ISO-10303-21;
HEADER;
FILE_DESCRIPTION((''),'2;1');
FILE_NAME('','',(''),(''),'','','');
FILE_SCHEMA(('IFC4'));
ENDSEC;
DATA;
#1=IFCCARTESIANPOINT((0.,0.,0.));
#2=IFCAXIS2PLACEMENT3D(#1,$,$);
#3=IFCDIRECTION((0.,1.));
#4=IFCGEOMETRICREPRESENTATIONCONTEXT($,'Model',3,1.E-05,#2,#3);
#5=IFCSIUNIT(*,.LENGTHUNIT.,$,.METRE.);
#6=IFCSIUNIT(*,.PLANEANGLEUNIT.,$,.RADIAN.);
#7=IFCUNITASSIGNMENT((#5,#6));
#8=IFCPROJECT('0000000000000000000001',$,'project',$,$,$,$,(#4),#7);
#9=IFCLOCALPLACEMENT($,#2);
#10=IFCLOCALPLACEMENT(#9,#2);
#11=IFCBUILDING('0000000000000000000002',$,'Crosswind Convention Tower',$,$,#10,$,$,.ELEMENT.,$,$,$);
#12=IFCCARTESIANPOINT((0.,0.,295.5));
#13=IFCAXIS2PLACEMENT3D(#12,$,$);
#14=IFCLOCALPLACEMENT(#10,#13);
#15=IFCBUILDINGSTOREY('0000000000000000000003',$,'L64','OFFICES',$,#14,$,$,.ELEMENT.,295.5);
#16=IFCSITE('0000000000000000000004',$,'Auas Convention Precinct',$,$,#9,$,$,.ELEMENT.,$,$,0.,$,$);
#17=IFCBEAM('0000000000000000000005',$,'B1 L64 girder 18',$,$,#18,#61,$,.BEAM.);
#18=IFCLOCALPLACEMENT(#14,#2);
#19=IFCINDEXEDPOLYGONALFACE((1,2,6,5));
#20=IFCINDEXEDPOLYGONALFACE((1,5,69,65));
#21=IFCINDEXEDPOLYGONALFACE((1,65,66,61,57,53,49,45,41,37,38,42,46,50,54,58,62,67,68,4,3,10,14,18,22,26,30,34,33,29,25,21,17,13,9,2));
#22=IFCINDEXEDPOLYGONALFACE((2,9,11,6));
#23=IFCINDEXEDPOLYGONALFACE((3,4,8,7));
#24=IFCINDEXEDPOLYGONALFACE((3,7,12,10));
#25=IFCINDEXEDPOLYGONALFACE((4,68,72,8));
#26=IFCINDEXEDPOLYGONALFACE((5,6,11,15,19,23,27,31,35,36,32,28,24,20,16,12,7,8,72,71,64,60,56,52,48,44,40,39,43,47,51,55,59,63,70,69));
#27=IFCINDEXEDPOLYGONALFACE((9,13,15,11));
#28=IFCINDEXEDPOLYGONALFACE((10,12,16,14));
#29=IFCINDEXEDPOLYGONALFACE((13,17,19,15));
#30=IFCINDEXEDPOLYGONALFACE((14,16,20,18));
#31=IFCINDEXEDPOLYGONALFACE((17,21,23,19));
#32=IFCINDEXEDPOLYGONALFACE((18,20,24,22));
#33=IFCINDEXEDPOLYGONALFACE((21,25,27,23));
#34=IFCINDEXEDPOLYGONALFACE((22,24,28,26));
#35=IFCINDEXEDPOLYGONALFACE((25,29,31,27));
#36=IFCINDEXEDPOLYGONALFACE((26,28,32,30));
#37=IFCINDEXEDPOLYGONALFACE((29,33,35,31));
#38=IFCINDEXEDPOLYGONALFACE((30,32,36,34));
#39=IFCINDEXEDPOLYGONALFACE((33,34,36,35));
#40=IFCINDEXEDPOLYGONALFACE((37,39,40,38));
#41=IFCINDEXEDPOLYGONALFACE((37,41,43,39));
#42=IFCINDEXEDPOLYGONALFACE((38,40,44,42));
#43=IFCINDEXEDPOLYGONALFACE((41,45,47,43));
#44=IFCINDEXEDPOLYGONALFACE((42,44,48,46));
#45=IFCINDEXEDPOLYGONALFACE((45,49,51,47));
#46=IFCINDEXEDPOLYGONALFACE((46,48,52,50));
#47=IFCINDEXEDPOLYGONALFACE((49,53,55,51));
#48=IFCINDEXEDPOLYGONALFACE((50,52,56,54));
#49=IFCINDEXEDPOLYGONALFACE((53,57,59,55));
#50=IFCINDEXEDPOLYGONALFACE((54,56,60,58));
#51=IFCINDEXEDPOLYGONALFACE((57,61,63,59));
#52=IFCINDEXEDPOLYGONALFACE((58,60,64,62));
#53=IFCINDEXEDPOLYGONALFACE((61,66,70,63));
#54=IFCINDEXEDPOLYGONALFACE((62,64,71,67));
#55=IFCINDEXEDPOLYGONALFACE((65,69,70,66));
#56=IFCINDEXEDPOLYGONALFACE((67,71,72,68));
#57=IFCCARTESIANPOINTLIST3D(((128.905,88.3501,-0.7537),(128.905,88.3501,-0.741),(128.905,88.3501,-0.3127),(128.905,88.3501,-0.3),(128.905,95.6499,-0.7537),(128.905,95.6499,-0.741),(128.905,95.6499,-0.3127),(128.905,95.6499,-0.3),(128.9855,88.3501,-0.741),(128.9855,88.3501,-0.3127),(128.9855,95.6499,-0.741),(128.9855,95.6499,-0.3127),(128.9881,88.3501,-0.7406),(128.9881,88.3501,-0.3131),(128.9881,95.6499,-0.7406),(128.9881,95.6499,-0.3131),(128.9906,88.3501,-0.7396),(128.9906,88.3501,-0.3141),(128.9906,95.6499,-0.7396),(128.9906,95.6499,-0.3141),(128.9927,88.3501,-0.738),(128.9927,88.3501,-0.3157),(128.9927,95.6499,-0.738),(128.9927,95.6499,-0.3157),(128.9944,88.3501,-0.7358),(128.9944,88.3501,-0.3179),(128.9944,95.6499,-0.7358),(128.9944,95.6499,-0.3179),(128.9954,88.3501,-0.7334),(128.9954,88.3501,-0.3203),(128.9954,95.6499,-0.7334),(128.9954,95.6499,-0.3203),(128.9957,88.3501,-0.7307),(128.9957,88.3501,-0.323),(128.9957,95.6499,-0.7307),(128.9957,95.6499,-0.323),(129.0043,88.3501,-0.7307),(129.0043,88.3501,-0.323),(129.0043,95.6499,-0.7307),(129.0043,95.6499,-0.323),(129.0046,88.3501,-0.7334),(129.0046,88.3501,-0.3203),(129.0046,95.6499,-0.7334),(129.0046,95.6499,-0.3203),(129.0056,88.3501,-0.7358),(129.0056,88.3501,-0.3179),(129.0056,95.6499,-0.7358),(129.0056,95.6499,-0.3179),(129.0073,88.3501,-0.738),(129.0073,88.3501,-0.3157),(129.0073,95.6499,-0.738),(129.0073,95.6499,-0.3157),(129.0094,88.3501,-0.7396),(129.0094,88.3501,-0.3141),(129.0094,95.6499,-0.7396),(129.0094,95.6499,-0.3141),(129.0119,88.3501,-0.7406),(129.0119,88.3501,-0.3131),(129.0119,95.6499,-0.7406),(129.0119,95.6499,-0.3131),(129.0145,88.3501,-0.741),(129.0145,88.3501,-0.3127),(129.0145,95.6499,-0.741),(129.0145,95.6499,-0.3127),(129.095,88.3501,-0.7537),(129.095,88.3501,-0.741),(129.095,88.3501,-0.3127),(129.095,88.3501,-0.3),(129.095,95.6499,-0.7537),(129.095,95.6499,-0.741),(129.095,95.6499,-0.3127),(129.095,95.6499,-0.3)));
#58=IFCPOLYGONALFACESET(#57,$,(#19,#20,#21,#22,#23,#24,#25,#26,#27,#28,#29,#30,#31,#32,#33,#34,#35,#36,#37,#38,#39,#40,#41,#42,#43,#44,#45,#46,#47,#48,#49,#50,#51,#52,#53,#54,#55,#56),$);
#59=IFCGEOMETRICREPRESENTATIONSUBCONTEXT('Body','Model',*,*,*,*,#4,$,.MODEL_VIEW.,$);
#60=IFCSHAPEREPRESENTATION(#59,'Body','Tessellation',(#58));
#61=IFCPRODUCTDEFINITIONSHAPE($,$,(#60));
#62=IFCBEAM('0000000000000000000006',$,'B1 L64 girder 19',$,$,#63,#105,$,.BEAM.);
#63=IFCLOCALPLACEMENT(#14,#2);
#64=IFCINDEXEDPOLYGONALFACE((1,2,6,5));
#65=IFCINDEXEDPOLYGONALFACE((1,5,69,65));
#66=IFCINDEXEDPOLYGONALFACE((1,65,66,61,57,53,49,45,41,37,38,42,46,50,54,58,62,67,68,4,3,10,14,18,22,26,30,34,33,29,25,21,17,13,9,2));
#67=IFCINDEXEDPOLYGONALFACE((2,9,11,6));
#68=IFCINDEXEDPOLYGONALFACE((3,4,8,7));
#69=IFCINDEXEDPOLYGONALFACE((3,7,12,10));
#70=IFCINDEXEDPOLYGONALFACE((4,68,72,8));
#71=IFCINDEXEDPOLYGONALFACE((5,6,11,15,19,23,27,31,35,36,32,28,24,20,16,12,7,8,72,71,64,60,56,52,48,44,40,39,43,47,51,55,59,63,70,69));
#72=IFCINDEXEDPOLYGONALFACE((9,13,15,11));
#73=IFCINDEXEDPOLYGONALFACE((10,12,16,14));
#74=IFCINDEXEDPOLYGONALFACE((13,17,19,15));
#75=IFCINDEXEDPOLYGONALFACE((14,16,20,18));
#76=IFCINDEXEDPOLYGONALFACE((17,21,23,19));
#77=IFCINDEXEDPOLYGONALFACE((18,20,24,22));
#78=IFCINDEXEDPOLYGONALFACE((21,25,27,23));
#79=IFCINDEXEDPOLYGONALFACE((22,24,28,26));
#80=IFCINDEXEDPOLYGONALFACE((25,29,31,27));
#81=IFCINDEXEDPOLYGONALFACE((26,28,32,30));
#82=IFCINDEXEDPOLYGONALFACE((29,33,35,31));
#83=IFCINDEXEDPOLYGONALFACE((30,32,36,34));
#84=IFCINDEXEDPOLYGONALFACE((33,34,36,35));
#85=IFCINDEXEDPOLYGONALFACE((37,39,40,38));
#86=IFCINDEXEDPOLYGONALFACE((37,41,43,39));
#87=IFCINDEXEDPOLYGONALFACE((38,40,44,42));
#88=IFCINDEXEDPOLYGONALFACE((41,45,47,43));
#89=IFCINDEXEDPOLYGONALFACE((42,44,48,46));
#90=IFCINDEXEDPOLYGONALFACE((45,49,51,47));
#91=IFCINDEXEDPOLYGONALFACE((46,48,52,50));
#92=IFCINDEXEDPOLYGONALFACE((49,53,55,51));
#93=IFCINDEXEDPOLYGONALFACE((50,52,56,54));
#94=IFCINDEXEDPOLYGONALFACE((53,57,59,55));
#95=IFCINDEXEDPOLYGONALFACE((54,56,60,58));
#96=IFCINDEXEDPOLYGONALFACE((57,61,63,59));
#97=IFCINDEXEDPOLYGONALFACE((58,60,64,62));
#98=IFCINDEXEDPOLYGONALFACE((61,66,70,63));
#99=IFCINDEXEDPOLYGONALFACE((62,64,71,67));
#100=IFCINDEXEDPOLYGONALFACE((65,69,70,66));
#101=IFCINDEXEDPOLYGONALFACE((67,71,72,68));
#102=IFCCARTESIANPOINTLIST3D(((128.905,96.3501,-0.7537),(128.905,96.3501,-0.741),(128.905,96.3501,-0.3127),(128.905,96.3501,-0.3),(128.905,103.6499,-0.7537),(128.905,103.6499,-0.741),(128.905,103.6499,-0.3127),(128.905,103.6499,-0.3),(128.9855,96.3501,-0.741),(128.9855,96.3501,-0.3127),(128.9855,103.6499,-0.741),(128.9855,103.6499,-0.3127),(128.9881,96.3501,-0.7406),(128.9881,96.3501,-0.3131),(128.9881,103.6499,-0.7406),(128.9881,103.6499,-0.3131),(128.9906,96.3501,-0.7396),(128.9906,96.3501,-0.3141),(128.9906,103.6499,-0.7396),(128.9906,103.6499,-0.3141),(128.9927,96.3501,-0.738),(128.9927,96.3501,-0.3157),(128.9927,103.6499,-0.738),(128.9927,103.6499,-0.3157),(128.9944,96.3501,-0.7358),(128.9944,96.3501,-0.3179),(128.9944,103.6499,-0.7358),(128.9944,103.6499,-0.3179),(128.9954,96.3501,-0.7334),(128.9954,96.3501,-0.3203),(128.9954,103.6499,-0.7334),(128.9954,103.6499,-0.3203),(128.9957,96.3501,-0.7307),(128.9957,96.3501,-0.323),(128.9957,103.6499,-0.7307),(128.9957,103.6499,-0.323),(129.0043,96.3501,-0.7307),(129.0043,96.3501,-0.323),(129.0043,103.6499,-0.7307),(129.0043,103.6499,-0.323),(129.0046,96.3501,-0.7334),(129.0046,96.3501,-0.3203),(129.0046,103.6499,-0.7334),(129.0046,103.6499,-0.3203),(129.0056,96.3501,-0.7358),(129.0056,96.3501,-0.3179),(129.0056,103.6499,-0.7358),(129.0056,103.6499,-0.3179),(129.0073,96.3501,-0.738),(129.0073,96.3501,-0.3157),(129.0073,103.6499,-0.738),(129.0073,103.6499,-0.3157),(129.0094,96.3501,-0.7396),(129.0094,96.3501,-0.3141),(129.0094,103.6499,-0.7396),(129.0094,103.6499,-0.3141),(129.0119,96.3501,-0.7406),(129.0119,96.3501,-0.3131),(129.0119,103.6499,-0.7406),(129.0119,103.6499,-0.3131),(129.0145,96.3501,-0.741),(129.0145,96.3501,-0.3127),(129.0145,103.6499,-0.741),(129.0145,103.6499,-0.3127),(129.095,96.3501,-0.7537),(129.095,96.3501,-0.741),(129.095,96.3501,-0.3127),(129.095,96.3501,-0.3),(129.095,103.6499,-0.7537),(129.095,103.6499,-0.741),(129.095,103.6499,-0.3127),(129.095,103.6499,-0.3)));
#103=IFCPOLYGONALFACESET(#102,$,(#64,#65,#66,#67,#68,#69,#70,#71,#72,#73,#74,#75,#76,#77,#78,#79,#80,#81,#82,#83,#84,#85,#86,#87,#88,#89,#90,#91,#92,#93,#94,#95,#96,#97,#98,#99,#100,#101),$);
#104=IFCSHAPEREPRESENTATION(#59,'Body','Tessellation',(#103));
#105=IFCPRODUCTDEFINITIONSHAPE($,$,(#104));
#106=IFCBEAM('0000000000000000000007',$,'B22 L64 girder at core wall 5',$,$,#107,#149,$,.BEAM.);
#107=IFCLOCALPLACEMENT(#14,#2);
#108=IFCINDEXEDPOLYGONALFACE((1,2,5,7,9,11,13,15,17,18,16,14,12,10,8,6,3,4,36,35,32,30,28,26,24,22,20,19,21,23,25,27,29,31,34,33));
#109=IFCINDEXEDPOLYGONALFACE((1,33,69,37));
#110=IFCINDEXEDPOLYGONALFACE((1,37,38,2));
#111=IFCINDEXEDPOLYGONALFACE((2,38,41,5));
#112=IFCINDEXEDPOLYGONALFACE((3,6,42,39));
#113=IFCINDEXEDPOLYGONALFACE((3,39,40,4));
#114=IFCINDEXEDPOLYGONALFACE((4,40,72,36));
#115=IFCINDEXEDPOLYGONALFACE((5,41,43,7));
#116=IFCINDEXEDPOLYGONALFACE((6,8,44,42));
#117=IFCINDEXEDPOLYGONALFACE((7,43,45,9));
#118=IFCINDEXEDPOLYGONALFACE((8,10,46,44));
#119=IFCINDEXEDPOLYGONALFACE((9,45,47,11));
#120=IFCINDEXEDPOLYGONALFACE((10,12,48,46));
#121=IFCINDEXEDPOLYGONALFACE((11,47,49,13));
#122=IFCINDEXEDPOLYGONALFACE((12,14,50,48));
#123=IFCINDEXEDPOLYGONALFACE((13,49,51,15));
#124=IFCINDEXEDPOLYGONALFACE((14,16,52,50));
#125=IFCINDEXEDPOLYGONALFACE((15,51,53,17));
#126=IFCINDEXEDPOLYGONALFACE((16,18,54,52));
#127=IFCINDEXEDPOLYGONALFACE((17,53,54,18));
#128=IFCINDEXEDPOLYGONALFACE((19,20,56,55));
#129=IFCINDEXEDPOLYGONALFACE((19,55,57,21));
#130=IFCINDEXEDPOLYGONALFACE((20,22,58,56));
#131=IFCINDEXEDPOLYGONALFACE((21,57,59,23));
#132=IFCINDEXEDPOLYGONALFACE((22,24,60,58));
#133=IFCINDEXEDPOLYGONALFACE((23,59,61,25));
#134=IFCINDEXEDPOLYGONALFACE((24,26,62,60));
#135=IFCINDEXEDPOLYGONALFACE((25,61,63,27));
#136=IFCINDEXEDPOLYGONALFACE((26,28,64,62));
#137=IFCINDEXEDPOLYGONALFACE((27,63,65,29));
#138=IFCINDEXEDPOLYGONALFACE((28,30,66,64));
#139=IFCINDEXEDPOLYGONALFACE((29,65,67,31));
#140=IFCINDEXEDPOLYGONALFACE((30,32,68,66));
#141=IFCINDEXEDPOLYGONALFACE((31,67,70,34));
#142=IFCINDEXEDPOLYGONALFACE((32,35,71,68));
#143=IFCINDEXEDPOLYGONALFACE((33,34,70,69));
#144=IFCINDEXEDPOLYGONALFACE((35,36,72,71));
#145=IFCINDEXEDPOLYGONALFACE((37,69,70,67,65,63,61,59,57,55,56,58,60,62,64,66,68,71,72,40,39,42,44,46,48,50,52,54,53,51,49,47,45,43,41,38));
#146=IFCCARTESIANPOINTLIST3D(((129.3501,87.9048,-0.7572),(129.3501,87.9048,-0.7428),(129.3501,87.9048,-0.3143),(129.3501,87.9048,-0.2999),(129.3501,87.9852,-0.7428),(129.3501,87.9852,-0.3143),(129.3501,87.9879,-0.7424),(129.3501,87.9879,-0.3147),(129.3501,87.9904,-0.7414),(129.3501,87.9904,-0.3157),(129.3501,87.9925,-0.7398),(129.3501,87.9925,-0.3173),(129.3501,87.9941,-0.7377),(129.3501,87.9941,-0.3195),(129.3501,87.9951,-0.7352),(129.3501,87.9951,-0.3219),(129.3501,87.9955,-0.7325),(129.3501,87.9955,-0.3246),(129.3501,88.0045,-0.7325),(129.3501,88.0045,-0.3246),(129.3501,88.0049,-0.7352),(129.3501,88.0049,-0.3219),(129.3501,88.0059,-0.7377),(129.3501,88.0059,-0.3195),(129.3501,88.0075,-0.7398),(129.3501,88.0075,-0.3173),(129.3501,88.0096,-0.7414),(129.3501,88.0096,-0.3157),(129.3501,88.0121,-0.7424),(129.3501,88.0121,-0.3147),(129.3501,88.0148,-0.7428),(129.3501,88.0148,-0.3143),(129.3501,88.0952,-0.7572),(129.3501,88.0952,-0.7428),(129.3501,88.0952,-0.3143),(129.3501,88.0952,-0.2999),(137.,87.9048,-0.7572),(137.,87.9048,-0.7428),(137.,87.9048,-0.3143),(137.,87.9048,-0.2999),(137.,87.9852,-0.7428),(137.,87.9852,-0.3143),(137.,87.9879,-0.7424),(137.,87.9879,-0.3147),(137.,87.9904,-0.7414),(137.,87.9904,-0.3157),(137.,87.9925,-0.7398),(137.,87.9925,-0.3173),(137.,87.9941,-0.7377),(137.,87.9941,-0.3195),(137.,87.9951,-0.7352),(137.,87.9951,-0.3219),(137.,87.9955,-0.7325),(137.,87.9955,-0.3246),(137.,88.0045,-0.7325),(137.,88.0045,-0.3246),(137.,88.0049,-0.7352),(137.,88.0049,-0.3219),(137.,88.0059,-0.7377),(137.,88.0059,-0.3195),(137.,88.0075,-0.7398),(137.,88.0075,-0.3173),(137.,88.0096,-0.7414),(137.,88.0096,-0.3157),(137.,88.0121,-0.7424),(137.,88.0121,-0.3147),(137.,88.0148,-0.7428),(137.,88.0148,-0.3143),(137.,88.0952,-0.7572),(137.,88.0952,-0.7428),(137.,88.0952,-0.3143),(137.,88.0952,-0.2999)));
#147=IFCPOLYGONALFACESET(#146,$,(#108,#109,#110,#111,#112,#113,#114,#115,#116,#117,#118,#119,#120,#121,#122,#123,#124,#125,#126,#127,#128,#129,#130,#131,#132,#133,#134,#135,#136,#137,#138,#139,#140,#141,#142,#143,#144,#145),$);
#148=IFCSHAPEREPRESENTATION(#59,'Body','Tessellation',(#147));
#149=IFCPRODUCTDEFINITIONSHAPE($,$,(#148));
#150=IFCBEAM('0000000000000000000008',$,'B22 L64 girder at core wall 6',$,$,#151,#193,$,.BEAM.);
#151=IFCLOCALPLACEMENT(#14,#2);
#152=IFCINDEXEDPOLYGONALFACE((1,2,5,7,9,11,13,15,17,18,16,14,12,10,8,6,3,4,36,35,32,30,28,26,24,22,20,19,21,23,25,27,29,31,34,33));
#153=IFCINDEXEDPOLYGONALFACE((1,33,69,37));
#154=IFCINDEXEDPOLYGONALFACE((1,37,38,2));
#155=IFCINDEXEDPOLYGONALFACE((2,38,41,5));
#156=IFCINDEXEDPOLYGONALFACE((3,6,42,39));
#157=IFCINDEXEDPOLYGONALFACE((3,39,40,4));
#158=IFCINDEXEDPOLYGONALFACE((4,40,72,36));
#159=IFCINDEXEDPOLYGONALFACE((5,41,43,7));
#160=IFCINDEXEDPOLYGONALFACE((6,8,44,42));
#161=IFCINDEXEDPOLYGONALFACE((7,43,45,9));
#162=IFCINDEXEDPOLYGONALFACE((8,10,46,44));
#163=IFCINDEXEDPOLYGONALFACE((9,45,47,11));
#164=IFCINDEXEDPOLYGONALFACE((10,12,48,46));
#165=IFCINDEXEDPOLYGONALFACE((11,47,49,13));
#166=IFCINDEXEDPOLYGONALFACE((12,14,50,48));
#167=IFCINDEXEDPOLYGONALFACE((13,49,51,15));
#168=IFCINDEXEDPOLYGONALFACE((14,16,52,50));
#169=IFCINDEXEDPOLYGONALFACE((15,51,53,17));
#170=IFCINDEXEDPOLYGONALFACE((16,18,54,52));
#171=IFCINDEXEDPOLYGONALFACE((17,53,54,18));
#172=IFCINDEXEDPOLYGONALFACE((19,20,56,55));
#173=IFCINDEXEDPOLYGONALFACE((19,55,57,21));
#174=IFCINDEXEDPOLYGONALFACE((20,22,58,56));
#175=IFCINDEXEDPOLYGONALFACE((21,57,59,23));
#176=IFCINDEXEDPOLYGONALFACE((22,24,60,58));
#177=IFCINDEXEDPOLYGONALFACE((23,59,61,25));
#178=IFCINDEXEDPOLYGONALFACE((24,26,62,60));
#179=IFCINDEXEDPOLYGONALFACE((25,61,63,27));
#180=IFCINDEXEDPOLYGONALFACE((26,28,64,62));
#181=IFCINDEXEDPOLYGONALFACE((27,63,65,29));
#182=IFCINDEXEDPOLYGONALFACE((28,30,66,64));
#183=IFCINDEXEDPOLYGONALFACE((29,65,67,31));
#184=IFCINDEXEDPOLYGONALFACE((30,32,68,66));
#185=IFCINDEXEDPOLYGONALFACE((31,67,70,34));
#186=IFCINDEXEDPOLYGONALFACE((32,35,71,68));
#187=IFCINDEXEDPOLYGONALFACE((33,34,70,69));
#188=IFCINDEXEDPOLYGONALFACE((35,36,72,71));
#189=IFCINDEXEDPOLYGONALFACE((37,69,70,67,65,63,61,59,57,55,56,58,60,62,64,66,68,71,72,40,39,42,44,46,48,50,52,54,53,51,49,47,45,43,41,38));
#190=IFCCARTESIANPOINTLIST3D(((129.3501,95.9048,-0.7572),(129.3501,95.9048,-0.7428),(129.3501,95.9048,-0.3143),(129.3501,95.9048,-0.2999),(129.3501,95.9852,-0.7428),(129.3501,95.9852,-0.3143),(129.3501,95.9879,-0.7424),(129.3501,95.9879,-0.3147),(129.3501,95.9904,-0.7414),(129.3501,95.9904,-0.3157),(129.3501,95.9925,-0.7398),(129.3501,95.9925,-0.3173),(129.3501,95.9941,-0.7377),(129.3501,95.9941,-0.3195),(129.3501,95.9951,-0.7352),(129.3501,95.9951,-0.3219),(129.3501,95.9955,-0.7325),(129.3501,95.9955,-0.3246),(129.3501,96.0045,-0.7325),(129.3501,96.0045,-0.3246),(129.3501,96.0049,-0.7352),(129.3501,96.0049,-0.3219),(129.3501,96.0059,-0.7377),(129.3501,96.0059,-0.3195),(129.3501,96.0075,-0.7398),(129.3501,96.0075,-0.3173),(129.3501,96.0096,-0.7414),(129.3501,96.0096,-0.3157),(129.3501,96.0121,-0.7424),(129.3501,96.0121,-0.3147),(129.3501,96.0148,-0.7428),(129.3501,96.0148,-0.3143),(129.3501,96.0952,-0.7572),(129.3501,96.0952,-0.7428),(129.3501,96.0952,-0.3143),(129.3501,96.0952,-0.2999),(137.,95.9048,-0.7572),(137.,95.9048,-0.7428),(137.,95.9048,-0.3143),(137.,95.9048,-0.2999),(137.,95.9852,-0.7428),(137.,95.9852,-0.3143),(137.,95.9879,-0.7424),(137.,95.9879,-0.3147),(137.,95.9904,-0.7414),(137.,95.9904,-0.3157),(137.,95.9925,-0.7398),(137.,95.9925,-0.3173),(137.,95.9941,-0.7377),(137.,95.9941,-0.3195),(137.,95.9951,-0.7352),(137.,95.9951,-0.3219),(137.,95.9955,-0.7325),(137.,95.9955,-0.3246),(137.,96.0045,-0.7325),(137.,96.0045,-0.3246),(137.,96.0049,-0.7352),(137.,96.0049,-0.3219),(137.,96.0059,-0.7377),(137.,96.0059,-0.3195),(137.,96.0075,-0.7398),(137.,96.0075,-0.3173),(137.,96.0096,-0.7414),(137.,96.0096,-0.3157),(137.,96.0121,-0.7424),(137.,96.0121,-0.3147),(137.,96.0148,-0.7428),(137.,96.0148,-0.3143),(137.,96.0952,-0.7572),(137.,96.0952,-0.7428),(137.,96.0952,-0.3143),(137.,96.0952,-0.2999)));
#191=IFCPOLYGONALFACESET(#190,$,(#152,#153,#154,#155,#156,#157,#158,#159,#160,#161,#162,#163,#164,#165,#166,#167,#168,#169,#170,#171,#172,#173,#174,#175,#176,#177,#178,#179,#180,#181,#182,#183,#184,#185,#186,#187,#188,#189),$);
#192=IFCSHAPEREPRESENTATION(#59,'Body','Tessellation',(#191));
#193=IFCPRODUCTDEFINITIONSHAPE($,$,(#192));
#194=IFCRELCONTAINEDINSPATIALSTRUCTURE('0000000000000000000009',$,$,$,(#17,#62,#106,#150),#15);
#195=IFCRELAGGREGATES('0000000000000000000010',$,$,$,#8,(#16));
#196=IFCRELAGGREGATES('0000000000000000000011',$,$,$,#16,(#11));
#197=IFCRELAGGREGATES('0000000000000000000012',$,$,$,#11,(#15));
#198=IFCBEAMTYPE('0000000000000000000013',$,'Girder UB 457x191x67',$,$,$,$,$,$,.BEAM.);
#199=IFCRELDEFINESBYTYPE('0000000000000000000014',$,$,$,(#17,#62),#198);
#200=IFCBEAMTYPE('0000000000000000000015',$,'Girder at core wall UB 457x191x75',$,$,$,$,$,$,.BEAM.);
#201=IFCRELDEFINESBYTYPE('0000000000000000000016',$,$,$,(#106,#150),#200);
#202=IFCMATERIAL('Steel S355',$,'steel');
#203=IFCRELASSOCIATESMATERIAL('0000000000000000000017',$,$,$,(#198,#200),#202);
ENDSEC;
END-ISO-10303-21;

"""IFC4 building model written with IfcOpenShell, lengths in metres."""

from ifc_helpers import new_model, si_unit, direction, frame, origin, origin_2d, place, context, subcontext, project, spatial, i_section, extrude, material, material_profile, profile_set, type_object, element, save


model = new_model("IFC4")

# Units and contexts
model_context = context("Model", 3, precision=1e-05, world=origin(), true_north=direction((0.0, 1.0)))
body_context = subcontext(model_context, "Body", "Model", "MODEL_VIEW")
ifc_project = project(units=[si_unit("LENGTHUNIT", "METRE"), si_unit("PLANEANGLEUNIT", "RADIAN")], contexts=[model_context])

# Site, building, storey
site_placement = place(None, origin())
site = spatial("IfcSite", under=ifc_project, at=site_placement, Name="Auas Convention Precinct", CompositionType="ELEMENT", RefElevation=0.0)
building_placement = place(site_placement, origin())
building = spatial("IfcBuilding", under=site, at=building_placement, Name="Crosswind Convention Tower", CompositionType="ELEMENT")
storey_placement = place(building_placement, frame((0.0, 0.0, 295.5)))
storey = spatial("IfcBuildingStorey", under=building, at=storey_placement, Name="L64", Description="OFFICES", CompositionType="ELEMENT", Elevation=295.5)

# Beams
ifc_material_1 = material(Name="Steel S355", Category="steel")
ifc_material_profile_1 = material_profile(ifc_material_1, i_section(OverallWidth=0.1899, OverallDepth=0.4536, WebThickness=0.0085, FlangeThickness=0.0127, FilletRadius=0.0103, at=origin_2d()), Name="UB 457x191x67")
ifc_profile_set_1 = profile_set([ifc_material_profile_1], Name="Steel S355")
beam_type_1 = type_object("IfcBeamType", Name="Girder UB 457x191x67", PredefinedType="BEAM", material=ifc_profile_set_1)
for number, where, z_axis, x_axis, name in (
    (1, (129.0, 88.3501, -0.5269), (0.0, 1.0, 0.0), (-1.0, 0.0, 0.0), "B1 L64 girder 18"),
    (2, (129.0, 96.3501, -0.5269), (0.0, 1.0, 0.0), (-1.0, 0.0, 0.0), "B1 L64 girder 19"),
):
    element("IfcBeam", number, at=place(storey_placement, frame(where, z_axis=z_axis, x_axis=x_axis)), inside=storey, type_object=beam_type_1, Name=name, PredefinedType="BEAM", context=body_context, shape_type="SweptSolid", body=[
        extrude(i_section(OverallWidth=0.1899, OverallDepth=0.4536, WebThickness=0.0085, FlangeThickness=0.0127, FilletRadius=0.0103, at=origin_2d()), origin(), (0.0, 0.0, 1.0), 7.2998),
    ])
ifc_material_profile_2 = material_profile(ifc_material_1, i_section(OverallWidth=0.1904, OverallDepth=0.4573, WebThickness=0.009, FlangeThickness=0.0144, FilletRadius=0.0103, at=origin_2d()), Name="UB 457x191x75")
ifc_profile_set_2 = profile_set([ifc_material_profile_2], Name="Steel S355")
beam_type_2 = type_object("IfcBeamType", Name="Girder at core wall UB 457x191x75", PredefinedType="BEAM", material=ifc_profile_set_2)
for number, where, z_axis, x_axis, name in (
    (3, (129.3501, 88.0, -0.5286), (1.0, 0.0, 0.0), (0.0, 1.0, 0.0), "B22 L64 girder at core wall 5"),
    (4, (129.3501, 96.0, -0.5286), (1.0, 0.0, 0.0), (0.0, 1.0, 0.0), "B22 L64 girder at core wall 6"),
):
    element("IfcBeam", number, at=place(storey_placement, frame(where, z_axis=z_axis, x_axis=x_axis)), inside=storey, type_object=beam_type_2, Name=name, PredefinedType="BEAM", context=body_context, shape_type="SweptSolid", body=[
        extrude(i_section(OverallWidth=0.1904, OverallDepth=0.4573, WebThickness=0.009, FlangeThickness=0.0144, FilletRadius=0.0103, at=origin_2d()), origin(), (0.0, 0.0, 1.0), 7.6499),
    ])

save(model, "model.ifc")
